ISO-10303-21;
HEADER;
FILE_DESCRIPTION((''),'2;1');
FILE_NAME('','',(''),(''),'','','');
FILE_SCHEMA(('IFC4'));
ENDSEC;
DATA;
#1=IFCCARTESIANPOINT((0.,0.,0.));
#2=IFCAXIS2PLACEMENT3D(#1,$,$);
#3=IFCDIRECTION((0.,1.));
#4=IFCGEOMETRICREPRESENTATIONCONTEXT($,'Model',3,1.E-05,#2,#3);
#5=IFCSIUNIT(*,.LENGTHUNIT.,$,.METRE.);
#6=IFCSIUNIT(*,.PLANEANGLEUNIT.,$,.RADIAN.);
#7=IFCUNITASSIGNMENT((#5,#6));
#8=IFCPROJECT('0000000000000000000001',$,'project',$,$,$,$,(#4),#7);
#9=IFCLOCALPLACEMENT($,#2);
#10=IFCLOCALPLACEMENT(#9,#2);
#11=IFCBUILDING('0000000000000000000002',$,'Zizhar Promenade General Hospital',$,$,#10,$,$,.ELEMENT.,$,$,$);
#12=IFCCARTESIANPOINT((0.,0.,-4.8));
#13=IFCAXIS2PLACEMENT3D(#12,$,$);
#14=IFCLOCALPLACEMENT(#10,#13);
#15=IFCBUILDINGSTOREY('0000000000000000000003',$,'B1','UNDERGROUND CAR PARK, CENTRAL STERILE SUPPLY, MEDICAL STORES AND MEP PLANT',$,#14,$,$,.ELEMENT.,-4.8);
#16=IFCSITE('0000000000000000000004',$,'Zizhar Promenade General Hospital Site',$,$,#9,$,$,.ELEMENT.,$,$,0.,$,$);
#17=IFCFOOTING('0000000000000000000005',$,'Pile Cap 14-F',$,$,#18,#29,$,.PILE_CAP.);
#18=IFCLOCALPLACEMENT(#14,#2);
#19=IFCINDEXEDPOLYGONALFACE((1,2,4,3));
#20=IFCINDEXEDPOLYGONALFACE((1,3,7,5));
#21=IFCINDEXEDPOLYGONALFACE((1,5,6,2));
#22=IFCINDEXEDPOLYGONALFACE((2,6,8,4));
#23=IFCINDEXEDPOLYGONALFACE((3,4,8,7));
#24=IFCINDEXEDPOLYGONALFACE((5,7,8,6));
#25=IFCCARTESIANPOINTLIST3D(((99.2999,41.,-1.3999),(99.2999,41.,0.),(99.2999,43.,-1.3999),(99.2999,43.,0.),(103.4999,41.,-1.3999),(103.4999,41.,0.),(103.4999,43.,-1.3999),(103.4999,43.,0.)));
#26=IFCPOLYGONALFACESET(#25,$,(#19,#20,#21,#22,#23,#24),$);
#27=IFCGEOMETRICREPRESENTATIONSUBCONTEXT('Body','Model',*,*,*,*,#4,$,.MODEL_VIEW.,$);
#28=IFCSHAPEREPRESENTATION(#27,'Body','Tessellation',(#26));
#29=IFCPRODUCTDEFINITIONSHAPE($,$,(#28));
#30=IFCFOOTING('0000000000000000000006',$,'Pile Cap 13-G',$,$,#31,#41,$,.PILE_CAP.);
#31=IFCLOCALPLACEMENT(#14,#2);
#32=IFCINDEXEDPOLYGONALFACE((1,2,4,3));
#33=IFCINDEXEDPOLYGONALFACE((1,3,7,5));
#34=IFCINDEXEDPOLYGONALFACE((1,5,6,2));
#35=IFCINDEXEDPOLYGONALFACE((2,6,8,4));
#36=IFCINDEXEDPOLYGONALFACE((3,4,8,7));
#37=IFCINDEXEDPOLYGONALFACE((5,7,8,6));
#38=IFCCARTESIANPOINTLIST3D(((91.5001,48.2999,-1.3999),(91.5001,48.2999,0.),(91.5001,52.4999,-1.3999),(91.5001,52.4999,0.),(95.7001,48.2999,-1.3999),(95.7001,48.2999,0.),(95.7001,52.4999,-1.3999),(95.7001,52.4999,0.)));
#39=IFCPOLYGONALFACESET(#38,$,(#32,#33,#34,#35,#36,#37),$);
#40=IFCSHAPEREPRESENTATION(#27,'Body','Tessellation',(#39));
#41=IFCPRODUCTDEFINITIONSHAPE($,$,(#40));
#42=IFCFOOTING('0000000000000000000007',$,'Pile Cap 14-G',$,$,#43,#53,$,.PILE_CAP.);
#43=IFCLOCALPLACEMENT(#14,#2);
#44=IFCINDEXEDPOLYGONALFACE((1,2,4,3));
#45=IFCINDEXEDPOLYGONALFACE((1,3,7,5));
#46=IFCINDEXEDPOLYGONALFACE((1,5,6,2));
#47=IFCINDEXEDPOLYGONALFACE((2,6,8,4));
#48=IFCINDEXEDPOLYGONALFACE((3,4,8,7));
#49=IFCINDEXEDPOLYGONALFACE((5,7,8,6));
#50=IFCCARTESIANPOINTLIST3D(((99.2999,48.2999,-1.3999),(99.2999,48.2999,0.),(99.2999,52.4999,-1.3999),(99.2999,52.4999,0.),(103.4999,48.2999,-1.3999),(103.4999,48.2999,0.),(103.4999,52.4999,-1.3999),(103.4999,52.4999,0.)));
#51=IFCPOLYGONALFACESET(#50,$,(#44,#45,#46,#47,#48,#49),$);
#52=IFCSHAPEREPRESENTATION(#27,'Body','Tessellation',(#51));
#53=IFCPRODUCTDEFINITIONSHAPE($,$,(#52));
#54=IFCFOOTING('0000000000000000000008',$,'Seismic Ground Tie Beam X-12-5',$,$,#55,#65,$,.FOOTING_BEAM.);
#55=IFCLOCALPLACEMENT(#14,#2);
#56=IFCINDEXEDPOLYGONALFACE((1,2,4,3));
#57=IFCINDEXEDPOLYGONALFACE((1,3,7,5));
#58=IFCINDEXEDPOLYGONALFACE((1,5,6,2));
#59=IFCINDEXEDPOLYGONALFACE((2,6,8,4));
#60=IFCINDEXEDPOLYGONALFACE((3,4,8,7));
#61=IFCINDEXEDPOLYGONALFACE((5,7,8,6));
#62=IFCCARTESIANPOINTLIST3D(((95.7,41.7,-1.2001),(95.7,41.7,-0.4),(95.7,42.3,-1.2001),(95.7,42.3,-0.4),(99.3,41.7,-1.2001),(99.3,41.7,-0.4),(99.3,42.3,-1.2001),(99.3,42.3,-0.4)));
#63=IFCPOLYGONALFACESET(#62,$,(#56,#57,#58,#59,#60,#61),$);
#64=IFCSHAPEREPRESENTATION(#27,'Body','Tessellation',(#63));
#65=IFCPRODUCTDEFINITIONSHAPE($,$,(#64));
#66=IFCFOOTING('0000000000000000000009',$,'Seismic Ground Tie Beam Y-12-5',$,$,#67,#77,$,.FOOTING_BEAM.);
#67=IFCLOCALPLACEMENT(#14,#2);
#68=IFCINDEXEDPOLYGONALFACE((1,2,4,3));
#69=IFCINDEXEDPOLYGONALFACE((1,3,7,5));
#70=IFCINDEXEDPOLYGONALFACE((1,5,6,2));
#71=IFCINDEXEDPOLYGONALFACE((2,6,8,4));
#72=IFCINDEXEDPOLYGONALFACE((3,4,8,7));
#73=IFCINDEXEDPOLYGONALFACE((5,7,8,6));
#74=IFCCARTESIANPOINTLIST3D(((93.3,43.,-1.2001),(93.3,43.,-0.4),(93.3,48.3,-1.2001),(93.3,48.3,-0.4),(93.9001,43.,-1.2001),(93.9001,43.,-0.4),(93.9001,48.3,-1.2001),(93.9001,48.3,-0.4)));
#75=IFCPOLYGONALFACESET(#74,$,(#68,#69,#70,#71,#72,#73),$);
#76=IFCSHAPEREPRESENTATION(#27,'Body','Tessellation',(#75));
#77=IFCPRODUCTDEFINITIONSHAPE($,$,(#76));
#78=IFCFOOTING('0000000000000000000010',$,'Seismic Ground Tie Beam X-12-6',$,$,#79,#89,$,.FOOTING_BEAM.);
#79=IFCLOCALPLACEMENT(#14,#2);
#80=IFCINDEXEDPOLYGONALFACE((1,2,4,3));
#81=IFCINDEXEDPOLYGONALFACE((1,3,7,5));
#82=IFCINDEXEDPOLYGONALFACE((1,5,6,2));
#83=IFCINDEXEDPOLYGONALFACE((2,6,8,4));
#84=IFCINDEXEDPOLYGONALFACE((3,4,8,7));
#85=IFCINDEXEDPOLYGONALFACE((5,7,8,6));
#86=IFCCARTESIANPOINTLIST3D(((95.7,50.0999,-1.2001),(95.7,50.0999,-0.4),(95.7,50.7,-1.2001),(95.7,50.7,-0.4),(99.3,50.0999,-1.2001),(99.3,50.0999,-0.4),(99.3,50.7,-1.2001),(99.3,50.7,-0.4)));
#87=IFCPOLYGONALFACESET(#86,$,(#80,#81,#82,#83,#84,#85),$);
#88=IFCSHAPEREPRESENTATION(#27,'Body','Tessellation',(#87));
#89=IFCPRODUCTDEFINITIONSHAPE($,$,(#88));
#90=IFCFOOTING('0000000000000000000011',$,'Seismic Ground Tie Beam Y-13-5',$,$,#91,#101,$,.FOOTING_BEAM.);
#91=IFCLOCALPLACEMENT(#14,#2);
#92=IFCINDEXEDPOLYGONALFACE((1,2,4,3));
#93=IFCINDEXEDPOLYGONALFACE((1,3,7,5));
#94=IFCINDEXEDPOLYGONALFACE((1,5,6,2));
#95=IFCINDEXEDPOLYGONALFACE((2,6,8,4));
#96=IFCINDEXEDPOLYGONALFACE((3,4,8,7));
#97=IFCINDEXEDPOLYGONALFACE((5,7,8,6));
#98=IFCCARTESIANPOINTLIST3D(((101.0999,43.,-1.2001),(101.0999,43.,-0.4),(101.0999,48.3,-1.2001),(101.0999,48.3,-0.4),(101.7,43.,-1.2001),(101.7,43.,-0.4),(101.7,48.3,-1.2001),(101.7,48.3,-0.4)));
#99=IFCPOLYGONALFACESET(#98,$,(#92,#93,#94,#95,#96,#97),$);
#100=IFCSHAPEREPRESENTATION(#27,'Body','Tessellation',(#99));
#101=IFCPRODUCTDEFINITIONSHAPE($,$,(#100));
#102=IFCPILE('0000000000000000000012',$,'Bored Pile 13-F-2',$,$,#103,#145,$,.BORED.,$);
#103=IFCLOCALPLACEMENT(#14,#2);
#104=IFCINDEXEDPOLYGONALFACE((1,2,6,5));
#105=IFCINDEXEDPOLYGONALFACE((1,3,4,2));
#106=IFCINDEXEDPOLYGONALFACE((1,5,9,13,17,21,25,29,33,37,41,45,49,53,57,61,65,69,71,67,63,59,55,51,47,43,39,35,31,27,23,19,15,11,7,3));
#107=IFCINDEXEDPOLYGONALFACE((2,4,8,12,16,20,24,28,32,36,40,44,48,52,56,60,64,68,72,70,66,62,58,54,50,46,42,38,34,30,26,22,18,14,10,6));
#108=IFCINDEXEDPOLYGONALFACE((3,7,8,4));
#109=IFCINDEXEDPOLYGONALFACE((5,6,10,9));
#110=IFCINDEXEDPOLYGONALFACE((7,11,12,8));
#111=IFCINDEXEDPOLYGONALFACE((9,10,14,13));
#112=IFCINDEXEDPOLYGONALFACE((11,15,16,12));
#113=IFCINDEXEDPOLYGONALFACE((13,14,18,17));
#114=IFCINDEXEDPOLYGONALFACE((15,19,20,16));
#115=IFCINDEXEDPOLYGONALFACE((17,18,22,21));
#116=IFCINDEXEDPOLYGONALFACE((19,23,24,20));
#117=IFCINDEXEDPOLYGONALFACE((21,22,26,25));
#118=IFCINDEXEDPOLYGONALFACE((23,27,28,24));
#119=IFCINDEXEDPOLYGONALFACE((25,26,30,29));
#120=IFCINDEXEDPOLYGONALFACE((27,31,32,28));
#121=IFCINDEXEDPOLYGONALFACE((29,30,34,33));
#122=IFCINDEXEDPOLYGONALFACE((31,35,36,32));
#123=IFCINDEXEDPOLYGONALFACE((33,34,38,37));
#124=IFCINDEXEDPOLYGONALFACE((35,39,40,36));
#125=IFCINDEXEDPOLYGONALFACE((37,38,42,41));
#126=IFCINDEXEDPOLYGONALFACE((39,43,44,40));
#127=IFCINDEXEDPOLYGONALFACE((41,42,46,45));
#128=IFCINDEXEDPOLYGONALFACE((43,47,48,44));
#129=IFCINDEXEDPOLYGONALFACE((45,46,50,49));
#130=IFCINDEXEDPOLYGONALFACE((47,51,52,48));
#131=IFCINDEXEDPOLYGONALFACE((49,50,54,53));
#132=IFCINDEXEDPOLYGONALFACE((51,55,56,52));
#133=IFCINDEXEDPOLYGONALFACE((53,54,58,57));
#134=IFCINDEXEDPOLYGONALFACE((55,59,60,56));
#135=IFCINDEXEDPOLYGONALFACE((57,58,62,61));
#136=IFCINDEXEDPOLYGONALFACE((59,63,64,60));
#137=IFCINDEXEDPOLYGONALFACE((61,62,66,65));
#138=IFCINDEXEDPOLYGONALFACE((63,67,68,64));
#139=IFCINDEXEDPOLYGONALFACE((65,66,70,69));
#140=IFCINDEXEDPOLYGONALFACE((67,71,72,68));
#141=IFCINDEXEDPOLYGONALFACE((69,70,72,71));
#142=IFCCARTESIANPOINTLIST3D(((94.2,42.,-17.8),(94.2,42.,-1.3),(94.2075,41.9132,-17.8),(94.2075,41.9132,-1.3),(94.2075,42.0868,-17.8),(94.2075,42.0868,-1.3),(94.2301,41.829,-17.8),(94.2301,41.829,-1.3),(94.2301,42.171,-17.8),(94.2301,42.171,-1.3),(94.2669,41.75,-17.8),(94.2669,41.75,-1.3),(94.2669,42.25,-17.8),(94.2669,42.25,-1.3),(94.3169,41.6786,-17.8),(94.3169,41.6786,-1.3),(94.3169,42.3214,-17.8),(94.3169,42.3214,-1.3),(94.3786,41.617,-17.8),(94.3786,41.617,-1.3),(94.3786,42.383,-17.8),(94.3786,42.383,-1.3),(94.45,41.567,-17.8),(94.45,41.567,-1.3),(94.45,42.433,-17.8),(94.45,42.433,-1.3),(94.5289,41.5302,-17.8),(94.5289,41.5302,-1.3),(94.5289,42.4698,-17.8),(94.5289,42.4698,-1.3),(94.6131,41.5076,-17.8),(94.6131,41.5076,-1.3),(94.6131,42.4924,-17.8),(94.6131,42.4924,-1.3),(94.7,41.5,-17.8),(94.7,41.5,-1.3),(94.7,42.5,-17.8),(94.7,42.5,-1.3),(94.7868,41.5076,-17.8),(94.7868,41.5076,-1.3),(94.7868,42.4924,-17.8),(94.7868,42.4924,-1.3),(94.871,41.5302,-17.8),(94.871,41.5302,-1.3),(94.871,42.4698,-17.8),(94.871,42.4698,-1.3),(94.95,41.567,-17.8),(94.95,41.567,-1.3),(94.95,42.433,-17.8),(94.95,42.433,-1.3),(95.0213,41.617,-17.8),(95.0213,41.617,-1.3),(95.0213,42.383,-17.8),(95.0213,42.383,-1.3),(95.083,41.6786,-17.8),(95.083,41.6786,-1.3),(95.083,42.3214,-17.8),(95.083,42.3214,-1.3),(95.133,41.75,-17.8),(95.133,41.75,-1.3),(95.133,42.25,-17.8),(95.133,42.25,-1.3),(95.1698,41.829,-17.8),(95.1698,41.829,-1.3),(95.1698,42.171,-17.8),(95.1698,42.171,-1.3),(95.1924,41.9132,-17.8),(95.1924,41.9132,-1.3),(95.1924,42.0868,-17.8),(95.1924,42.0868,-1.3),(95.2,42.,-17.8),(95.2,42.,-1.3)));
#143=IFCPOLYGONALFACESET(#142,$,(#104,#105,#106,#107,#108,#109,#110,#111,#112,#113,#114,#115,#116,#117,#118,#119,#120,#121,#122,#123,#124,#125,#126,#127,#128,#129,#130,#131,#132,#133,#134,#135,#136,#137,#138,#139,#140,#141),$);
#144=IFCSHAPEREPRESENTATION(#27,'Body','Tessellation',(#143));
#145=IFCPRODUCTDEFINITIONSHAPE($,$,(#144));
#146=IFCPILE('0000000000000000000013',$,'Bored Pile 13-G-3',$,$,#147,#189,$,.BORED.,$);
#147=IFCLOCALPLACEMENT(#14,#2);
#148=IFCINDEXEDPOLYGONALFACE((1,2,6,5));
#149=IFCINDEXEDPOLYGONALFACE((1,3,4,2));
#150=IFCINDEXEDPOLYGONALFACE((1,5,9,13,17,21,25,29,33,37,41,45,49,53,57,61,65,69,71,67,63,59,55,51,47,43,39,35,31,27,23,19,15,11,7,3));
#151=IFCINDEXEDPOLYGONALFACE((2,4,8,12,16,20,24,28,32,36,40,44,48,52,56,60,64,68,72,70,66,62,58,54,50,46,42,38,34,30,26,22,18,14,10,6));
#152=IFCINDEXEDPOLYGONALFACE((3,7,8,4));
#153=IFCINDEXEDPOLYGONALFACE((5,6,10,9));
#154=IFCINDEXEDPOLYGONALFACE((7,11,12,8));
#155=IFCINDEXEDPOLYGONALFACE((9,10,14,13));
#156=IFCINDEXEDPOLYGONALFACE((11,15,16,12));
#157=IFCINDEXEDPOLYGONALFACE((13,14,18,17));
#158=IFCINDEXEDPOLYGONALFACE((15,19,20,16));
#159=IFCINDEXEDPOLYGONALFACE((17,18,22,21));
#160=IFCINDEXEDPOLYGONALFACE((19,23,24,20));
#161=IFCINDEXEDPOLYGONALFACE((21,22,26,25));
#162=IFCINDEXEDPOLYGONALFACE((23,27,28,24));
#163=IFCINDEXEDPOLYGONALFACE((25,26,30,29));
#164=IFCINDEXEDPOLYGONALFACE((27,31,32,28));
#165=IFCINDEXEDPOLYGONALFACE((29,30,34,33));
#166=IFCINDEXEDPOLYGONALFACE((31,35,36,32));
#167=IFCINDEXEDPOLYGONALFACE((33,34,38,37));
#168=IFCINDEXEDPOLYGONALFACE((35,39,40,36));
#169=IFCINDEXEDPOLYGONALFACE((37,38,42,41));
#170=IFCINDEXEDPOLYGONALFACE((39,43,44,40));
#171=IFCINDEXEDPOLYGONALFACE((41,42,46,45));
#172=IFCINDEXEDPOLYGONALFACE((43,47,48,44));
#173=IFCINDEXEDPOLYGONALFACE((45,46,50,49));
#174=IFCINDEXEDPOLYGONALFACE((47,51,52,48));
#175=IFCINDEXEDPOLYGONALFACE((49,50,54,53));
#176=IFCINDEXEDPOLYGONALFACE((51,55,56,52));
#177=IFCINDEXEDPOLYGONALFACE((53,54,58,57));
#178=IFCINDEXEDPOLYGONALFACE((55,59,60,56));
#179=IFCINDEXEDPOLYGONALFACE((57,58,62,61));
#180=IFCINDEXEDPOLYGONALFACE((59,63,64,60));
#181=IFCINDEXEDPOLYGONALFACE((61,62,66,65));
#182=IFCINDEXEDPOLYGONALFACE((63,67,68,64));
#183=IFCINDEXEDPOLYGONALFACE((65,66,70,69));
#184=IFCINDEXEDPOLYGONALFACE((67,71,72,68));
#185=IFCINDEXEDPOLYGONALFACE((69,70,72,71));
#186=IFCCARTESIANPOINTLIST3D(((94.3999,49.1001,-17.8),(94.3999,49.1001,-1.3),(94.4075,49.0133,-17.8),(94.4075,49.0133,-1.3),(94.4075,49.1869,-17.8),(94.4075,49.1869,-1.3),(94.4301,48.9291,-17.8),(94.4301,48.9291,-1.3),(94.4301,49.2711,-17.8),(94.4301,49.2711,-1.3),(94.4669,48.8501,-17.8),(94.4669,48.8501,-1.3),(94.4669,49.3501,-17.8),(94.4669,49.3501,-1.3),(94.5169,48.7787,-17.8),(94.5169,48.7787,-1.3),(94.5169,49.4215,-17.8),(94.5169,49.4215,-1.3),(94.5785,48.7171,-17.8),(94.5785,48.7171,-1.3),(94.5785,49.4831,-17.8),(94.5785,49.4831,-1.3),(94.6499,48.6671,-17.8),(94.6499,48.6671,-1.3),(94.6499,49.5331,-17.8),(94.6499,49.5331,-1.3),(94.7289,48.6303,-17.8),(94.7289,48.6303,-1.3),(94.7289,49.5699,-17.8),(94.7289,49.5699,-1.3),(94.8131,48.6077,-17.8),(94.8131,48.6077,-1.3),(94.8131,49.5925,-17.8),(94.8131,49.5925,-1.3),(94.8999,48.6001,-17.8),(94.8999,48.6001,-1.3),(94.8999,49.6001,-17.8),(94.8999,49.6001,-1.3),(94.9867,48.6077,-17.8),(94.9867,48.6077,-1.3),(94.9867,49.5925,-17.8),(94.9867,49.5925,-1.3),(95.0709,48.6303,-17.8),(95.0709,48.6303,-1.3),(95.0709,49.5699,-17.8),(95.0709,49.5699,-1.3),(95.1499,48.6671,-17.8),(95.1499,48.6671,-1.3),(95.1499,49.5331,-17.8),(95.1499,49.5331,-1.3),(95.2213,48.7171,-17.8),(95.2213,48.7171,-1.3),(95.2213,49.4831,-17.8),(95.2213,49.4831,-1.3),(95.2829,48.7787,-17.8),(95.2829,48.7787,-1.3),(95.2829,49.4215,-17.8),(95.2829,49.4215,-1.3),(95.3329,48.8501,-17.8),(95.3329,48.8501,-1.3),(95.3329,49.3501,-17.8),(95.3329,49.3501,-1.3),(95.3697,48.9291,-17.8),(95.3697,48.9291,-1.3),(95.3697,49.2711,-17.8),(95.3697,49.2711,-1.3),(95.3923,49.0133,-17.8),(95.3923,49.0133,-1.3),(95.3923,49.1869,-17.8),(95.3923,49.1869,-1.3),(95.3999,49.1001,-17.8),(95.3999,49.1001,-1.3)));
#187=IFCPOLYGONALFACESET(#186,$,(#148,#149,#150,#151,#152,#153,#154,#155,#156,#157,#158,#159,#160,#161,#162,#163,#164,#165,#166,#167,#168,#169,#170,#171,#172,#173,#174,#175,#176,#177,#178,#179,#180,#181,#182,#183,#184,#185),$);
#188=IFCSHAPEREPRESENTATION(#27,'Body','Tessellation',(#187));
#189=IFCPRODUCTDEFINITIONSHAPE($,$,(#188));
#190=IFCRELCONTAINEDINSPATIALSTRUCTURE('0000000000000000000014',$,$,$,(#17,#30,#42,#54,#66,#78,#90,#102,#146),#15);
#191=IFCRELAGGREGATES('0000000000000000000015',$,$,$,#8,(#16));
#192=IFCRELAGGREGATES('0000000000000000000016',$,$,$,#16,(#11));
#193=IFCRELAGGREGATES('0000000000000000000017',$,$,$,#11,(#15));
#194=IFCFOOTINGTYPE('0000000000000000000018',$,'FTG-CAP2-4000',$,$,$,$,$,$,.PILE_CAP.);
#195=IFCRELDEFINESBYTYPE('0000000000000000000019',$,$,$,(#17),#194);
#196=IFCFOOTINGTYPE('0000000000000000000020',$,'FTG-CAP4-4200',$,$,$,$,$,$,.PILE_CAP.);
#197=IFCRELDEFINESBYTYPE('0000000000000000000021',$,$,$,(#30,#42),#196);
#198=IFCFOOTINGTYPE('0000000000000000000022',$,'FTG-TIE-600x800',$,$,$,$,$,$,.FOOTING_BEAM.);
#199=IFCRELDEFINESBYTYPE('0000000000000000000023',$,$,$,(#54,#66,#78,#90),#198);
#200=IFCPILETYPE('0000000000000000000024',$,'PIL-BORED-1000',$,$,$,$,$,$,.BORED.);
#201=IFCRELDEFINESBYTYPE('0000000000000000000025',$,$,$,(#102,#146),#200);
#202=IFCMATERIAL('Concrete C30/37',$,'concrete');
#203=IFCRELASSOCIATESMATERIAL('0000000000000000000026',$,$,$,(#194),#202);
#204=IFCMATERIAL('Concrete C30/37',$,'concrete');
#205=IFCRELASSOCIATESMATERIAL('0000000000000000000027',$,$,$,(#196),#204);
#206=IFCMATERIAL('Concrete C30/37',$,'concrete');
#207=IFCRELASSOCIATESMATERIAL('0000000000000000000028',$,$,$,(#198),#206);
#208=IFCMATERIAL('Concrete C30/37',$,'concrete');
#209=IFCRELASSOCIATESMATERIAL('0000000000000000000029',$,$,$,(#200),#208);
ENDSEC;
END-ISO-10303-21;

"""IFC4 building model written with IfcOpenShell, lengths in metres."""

from ifc_helpers import new_model, si_unit, direction, frame, origin, origin_2d, place, context, subcontext, project, spatial, rectangle, circle, extrude, material, material_profile, profile_set, type_object, element, save


model = new_model("IFC4")

# Units and contexts
model_context = context("Model", 3, precision=1e-05, world=origin(), true_north=direction((0.0, 1.0)))
body_context = subcontext(model_context, "Body", "Model", "MODEL_VIEW")
ifc_project = project(units=[si_unit("LENGTHUNIT", "METRE"), si_unit("PLANEANGLEUNIT", "RADIAN")], contexts=[model_context])

# Site, building, storey
site_placement = place(None, origin())
site = spatial("IfcSite", under=ifc_project, at=site_placement, Name="Zizhar Promenade General Hospital Site", CompositionType="ELEMENT", RefElevation=0.0)
building_placement = place(site_placement, origin())
building = spatial("IfcBuilding", under=site, at=building_placement, Name="Zizhar Promenade General Hospital", CompositionType="ELEMENT")
storey_placement = place(building_placement, frame((0.0, 0.0, -4.8)))
storey = spatial("IfcBuildingStorey", under=building, at=storey_placement, Name="B1", Description="UNDERGROUND CAR PARK, CENTRAL STERILE SUPPLY, MEDICAL STORES AND MEP PLANT", CompositionType="ELEMENT", Elevation=-4.8)

# Footings
ifc_material_1 = material(Name="Concrete C30/37", Category="concrete")
footing_type_1 = type_object("IfcFootingType", Name="FTG-CAP2-4000", PredefinedType="PILE_CAP", material=ifc_material_1)
footing_1_placement = place(storey_placement, frame((101.3999, 42.0, -1.3999), z_axis=(0.0, 0.0, 1.0), x_axis=(1.0, 0.0, 0.0)))
element("IfcFooting", 1, at=footing_1_placement, inside=storey, type_object=footing_type_1, Name="Pile Cap 14-F", PredefinedType="PILE_CAP", context=body_context, shape_type="SweptSolid", body=[
    extrude(rectangle(XDim=4.2, YDim=2.0, at=origin_2d()), origin(), (0.0, 0.0, 1.0), 1.3999),
])
ifc_material_2 = material(Name="Concrete C30/37", Category="concrete")
footing_type_2 = type_object("IfcFootingType", Name="FTG-CAP4-4200", PredefinedType="PILE_CAP", material=ifc_material_2)
for number, where, z_axis, x_axis, name in (
    (2, (93.6001, 50.3999, -1.3999), (0.0, 0.0, 1.0), (1.0, 0.0, 0.0), "Pile Cap 13-G"),
    (3, (101.3999, 50.3999, -1.3999), (0.0, 0.0, 1.0), (1.0, 0.0, 0.0), "Pile Cap 14-G"),
):
    element("IfcFooting", number, at=place(storey_placement, frame(where, z_axis=z_axis, x_axis=x_axis)), inside=storey, type_object=footing_type_2, Name=name, PredefinedType="PILE_CAP", context=body_context, shape_type="SweptSolid", body=[
        extrude(rectangle(XDim=4.2, YDim=4.2, at=origin_2d()), origin(), (0.0, 0.0, 1.0), 1.3999),
    ])
ifc_material_3 = material(Name="Concrete C30/37", Category="concrete")
ifc_material_profile_1 = material_profile(ifc_material_3, rectangle(XDim=0.6001, YDim=0.8, at=origin_2d()))
ifc_profile_set_1 = profile_set([ifc_material_profile_1], Name="Concrete C30/37")
footing_type_3 = type_object("IfcFootingType", Name="FTG-TIE-600x800", PredefinedType="FOOTING_BEAM", material=ifc_profile_set_1)
footing_2_placement = place(storey_placement, frame((95.7, 42.0, -0.8), z_axis=(1.0, 0.0, 0.0), x_axis=(0.0, 1.0, 0.0)))
element("IfcFooting", 4, at=footing_2_placement, inside=storey, type_object=footing_type_3, Name="Seismic Ground Tie Beam X-12-5", PredefinedType="FOOTING_BEAM", context=body_context, shape_type="SweptSolid", body=[
    extrude(rectangle(XDim=0.6001, YDim=0.8, at=origin_2d()), origin(), (0.0, 0.0, 1.0), 3.6001),
])
footing_3_placement = place(storey_placement, frame((93.6001, 43.0, -0.8), z_axis=(0.0, 1.0, 0.0), x_axis=(-1.0, 0.0, 0.0)))
element("IfcFooting", 5, at=footing_3_placement, inside=storey, type_object=footing_type_3, Name="Seismic Ground Tie Beam Y-12-5", PredefinedType="FOOTING_BEAM", context=body_context, shape_type="SweptSolid", body=[
    extrude(rectangle(XDim=0.6001, YDim=0.8, at=origin_2d()), origin(), (0.0, 0.0, 1.0), 5.3),
])
footing_4_placement = place(storey_placement, frame((95.7, 50.3999, -0.8), z_axis=(1.0, 0.0, 0.0), x_axis=(0.0, 1.0, 0.0)))
element("IfcFooting", 6, at=footing_4_placement, inside=storey, type_object=footing_type_3, Name="Seismic Ground Tie Beam X-12-6", PredefinedType="FOOTING_BEAM", context=body_context, shape_type="SweptSolid", body=[
    extrude(rectangle(XDim=0.6001, YDim=0.8, at=origin_2d()), origin(), (0.0, 0.0, 1.0), 3.6001),
])
footing_5_placement = place(storey_placement, frame((101.3999, 43.0, -0.8), z_axis=(0.0, 1.0, 0.0), x_axis=(-1.0, 0.0, 0.0)))
element("IfcFooting", 7, at=footing_5_placement, inside=storey, type_object=footing_type_3, Name="Seismic Ground Tie Beam Y-13-5", PredefinedType="FOOTING_BEAM", context=body_context, shape_type="SweptSolid", body=[
    extrude(rectangle(XDim=0.6001, YDim=0.8, at=origin_2d()), origin(), (0.0, 0.0, 1.0), 5.3),
])

# Piles
ifc_material_4 = material(Name="Concrete C30/37", Category="concrete")
ifc_material_profile_2 = material_profile(ifc_material_4, circle(Radius=0.5, at=origin_2d()))
ifc_profile_set_2 = profile_set([ifc_material_profile_2], Name="Concrete C30/37")
pile_type = type_object("IfcPileType", Name="PIL-BORED-1000", PredefinedType="BORED", material=ifc_profile_set_2)
for number, where, z_axis, x_axis, name in (
    (8, (94.7, 42.0, -1.3), (0.0, 0.0, -1.0), (1.0, 0.0, 0.0), "Bored Pile 13-F-2"),
    (9, (94.8999, 49.1001, -1.3), (0.0, 0.0, -1.0), (1.0, 0.0, 0.0), "Bored Pile 13-G-3"),
):
    element("IfcPile", number, at=place(storey_placement, frame(where, z_axis=z_axis, x_axis=x_axis)), inside=storey, type_object=pile_type, Name=name, PredefinedType="BORED", context=body_context, shape_type="SweptSolid", body=[
        extrude(circle(Radius=0.5, at=origin_2d()), origin(), (0.0, 0.0, 1.0), 16.5),
    ])

save(model, "model.ifc")
